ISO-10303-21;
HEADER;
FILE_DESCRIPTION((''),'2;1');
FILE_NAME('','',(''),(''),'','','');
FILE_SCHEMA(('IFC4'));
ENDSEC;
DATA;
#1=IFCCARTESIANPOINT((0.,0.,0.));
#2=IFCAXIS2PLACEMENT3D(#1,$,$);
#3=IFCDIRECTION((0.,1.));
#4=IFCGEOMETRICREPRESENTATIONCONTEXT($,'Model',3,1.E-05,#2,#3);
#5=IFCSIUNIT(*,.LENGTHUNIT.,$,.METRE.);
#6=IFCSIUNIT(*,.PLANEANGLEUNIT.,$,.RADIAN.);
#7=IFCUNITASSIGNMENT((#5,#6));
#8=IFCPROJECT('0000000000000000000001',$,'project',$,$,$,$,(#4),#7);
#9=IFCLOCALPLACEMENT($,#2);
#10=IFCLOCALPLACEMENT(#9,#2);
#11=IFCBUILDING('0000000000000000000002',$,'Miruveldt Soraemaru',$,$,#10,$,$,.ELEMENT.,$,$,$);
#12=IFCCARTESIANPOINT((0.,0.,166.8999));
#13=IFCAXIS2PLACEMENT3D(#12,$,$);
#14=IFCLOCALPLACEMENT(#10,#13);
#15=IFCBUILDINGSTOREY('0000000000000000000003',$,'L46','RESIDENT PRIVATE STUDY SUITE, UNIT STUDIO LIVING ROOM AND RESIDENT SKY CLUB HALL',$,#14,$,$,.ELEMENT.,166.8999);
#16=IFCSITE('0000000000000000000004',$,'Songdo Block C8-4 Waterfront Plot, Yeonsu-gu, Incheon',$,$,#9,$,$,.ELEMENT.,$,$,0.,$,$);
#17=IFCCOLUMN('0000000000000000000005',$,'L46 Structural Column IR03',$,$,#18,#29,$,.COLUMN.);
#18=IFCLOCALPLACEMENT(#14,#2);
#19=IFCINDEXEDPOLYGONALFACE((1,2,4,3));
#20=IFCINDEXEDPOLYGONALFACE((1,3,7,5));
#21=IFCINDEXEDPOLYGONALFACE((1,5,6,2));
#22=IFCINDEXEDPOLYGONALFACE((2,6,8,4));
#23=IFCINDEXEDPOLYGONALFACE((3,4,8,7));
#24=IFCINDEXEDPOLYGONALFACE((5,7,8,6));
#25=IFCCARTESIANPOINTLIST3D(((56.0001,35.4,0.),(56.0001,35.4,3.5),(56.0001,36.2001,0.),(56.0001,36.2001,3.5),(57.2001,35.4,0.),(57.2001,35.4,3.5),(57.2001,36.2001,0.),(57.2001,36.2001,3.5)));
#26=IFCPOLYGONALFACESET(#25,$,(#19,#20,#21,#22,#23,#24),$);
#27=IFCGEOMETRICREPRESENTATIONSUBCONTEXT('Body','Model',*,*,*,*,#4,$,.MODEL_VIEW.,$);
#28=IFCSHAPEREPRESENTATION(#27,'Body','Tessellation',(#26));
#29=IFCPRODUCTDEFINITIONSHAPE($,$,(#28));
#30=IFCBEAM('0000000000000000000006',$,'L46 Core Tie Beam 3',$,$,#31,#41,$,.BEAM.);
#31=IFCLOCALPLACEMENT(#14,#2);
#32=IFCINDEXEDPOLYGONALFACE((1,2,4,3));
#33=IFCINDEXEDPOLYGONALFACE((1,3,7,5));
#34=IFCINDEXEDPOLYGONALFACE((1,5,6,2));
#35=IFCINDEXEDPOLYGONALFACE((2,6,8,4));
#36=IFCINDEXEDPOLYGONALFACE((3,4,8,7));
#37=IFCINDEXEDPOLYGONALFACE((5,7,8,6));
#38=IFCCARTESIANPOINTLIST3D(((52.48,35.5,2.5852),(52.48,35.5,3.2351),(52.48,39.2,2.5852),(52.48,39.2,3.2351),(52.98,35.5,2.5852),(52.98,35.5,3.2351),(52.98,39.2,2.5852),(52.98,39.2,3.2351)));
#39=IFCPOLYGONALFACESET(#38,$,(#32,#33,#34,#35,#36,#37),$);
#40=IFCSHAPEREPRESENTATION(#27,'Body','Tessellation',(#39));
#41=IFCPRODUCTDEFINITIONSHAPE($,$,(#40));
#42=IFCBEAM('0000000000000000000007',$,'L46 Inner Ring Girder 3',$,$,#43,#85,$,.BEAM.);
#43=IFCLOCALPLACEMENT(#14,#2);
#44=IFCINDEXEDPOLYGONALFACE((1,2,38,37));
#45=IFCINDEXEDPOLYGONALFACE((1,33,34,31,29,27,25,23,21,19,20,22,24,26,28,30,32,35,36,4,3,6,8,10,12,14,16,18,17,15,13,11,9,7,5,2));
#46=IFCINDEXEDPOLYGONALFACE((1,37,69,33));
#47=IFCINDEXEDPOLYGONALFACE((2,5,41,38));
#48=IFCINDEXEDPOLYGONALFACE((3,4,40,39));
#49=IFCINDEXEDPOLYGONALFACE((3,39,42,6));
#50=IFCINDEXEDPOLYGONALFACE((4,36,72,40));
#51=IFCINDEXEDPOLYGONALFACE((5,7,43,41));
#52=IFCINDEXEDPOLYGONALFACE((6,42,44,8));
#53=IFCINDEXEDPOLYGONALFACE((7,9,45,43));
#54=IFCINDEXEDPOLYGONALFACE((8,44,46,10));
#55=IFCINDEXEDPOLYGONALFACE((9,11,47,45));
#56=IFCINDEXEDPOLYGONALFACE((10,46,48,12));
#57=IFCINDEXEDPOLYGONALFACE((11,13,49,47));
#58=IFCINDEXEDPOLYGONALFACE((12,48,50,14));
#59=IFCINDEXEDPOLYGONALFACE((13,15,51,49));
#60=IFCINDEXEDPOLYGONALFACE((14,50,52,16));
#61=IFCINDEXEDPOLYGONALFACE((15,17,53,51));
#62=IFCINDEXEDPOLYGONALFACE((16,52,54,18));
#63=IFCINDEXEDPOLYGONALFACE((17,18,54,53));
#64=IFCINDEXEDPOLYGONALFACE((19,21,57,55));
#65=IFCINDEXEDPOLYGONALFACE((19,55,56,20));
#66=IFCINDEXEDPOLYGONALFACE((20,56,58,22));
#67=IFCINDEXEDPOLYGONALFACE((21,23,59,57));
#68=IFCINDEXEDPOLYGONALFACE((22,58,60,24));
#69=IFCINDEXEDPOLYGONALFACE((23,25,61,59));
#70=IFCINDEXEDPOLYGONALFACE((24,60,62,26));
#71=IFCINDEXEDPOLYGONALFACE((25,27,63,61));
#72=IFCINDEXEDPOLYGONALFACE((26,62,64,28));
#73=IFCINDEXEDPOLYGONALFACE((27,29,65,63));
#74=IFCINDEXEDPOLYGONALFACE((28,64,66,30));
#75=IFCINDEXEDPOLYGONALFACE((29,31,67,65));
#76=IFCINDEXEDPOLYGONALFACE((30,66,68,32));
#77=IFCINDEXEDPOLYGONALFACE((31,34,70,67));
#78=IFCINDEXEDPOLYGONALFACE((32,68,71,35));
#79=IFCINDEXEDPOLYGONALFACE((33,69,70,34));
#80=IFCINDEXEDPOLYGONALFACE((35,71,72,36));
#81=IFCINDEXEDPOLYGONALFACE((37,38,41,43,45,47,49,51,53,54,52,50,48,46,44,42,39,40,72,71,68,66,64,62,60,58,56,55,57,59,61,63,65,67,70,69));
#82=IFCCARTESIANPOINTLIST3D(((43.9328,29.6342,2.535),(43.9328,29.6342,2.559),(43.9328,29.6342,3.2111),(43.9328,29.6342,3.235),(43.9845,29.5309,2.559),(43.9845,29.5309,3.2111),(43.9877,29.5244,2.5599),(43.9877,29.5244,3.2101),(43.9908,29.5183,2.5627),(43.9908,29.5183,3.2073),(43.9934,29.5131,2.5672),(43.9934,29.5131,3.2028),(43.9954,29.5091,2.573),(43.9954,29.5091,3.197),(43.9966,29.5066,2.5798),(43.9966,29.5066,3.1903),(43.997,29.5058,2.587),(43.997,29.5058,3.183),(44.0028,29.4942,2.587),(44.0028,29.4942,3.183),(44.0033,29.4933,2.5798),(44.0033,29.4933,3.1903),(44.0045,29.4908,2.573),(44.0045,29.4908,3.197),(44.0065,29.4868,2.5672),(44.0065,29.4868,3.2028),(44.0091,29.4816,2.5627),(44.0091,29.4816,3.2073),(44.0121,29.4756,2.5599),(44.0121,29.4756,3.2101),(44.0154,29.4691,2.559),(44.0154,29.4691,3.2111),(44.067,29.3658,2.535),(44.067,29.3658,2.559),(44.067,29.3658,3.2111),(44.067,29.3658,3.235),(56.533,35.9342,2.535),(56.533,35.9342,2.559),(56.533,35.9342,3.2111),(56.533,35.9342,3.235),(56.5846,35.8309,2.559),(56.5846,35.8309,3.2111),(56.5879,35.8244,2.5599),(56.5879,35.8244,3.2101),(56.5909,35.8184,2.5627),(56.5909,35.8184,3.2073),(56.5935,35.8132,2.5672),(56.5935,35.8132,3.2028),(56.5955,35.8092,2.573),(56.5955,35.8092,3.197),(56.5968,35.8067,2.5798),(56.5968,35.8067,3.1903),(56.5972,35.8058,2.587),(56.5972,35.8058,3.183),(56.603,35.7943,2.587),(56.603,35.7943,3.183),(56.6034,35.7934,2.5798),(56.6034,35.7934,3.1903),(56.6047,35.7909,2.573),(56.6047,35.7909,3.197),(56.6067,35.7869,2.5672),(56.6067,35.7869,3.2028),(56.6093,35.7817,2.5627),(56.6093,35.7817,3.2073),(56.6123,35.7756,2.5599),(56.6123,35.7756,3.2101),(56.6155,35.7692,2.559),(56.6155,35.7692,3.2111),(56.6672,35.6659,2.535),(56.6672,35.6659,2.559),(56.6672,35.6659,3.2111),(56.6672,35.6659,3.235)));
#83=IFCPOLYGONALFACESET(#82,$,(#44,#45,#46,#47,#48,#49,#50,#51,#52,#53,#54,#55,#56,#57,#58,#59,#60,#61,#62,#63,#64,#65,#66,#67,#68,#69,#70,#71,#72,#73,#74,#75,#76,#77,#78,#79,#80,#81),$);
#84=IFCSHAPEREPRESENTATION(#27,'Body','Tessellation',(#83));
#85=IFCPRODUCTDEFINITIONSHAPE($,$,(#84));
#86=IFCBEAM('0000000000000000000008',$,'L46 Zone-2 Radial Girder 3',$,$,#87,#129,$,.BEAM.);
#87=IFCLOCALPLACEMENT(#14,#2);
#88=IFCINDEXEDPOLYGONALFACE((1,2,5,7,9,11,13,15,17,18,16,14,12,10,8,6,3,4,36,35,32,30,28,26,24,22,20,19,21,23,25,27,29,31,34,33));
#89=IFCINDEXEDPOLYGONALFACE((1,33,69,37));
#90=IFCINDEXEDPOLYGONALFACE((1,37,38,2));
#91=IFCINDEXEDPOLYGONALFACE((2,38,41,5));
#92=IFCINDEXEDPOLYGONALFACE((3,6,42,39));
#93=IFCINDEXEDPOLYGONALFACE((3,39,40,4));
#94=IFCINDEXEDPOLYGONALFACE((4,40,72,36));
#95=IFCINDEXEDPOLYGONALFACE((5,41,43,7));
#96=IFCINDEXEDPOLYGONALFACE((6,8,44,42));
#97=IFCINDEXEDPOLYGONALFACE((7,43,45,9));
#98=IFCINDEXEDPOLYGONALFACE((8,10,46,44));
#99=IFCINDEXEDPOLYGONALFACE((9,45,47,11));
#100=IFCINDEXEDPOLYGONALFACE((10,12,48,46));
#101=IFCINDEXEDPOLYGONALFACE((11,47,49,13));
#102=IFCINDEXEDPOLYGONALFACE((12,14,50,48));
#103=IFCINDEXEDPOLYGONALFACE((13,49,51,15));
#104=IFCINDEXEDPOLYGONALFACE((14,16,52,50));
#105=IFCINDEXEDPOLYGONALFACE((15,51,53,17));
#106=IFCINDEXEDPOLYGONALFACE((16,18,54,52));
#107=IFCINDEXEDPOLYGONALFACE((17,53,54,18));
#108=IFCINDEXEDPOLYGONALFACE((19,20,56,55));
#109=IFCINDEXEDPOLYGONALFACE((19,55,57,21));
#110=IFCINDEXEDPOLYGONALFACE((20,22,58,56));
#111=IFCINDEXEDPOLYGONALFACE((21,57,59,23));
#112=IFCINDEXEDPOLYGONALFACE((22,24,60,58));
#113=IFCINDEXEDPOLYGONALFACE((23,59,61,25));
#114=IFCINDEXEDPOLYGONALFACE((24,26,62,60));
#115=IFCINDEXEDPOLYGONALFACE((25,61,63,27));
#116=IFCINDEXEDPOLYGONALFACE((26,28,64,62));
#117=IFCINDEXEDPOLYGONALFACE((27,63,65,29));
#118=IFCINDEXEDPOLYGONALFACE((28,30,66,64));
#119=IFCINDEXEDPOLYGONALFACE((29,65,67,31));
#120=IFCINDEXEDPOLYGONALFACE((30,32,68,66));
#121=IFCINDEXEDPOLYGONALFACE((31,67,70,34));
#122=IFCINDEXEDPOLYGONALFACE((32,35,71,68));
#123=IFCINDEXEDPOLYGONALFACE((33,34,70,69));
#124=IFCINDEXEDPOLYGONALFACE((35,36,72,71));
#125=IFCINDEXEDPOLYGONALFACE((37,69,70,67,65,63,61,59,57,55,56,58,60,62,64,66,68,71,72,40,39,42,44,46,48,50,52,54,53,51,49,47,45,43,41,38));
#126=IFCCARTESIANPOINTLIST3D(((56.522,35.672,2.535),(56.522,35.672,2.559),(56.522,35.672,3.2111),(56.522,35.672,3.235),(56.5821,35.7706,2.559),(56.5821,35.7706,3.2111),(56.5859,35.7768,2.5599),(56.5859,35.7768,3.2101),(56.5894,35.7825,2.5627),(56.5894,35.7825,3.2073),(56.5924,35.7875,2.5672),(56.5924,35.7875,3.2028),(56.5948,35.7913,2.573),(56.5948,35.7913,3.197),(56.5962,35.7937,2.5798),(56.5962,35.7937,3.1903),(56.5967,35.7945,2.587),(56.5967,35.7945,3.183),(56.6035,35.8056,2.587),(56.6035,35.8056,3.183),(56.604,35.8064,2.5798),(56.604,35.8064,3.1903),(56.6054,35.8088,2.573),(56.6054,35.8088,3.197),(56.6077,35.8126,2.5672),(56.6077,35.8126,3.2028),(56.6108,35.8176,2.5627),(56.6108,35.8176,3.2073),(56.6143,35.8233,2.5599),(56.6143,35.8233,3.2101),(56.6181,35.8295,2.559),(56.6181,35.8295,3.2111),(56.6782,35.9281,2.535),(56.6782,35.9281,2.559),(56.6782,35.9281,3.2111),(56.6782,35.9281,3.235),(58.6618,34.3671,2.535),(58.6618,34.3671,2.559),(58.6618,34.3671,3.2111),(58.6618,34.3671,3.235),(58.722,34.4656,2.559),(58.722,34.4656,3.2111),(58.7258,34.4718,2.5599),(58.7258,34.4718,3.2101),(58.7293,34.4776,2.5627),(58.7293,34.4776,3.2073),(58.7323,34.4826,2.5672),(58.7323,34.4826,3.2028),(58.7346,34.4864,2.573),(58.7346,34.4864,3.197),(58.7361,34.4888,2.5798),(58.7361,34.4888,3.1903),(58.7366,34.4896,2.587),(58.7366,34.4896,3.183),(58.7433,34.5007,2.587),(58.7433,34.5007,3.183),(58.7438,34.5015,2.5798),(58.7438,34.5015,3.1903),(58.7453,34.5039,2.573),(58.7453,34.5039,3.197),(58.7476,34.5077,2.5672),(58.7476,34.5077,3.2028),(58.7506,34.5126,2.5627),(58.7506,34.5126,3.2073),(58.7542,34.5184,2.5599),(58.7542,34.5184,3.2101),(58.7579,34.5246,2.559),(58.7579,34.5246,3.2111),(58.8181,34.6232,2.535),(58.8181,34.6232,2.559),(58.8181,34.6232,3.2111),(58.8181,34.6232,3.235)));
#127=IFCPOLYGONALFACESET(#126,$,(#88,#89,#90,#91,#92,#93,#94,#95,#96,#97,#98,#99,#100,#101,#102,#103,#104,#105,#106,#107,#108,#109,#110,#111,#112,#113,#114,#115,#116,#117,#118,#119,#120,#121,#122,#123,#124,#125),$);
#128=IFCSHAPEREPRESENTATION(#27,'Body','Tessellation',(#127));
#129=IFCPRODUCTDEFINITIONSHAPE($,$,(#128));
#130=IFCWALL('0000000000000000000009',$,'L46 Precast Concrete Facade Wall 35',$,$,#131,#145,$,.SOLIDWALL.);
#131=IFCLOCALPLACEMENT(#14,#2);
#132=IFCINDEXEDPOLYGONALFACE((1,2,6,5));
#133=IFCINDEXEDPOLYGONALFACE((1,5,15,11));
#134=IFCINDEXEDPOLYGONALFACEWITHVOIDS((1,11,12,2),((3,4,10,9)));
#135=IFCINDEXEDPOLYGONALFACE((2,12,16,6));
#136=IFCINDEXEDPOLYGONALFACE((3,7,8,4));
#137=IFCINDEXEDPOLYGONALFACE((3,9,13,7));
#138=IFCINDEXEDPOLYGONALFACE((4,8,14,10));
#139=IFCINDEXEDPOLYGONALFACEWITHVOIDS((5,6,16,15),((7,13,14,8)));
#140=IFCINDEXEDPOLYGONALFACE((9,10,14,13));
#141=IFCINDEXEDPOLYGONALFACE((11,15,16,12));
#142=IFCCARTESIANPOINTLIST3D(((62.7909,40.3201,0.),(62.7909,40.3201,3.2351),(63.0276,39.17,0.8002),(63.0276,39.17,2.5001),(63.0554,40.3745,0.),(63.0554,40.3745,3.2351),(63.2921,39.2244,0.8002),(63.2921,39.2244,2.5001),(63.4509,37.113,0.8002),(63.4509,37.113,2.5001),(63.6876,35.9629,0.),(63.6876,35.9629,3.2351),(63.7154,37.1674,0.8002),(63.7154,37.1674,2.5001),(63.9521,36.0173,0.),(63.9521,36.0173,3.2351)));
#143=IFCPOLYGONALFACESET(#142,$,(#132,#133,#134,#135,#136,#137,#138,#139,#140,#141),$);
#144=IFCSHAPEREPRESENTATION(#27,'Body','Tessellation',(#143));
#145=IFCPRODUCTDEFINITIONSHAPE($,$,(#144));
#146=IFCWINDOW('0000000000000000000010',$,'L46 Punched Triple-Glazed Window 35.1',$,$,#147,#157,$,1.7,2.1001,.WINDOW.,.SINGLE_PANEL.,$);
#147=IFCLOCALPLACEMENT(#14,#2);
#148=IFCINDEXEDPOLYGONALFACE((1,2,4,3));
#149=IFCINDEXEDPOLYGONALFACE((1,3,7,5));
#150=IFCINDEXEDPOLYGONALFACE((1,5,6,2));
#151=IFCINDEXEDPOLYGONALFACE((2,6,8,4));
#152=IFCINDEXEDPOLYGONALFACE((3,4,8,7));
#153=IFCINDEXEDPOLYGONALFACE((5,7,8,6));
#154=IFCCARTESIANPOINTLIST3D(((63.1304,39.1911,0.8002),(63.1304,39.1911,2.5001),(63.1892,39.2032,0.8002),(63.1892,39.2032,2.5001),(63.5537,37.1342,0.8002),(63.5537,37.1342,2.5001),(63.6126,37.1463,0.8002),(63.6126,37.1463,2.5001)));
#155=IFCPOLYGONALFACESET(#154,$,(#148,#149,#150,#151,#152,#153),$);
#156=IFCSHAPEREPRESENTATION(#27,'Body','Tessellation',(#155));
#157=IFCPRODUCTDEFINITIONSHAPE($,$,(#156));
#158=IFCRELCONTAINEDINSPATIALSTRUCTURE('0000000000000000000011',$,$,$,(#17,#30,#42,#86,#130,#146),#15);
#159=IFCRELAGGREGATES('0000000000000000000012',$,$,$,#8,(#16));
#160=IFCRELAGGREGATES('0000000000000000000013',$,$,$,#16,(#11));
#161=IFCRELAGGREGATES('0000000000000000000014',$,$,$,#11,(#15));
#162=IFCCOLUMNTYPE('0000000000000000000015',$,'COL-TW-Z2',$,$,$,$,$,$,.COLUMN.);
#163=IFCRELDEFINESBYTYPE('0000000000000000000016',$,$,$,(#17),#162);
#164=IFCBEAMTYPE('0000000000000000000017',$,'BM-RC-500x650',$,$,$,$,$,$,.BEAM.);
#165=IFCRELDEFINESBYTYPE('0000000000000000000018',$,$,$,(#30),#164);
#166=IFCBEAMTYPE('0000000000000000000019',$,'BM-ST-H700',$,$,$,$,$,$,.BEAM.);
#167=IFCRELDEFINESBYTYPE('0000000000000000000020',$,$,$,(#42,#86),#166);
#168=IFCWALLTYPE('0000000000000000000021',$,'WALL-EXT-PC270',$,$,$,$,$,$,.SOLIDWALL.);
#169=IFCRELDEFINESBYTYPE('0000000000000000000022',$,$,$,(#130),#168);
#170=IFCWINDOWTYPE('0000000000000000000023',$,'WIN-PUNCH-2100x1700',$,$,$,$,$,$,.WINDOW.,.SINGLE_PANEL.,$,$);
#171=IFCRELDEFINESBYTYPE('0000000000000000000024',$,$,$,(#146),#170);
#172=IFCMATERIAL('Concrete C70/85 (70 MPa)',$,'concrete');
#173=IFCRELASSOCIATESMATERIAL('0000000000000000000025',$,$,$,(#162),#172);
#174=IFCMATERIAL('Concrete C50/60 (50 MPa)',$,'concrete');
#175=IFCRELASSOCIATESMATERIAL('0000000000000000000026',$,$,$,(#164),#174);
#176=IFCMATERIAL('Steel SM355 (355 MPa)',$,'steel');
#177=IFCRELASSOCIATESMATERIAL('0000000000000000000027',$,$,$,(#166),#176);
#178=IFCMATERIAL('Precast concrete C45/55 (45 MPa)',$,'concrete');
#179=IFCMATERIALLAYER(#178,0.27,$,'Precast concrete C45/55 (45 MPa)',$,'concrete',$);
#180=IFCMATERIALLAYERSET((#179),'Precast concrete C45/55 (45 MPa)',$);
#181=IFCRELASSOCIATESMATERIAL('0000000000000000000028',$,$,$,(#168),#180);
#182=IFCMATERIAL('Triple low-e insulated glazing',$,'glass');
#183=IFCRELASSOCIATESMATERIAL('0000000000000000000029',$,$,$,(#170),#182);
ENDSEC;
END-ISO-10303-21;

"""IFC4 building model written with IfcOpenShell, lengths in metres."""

from ifc_helpers import new_model, si_unit, direction, frame, frame_2d, origin, origin_2d, place, context, subcontext, project, spatial, rectangle, i_section, extrude, material, layer, layer_set, material_profile, profile_set, type_object, element, fill, save


model = new_model("IFC4")

# Units and contexts
model_context = context("Model", 3, precision=1e-05, world=origin(), true_north=direction((0.0, 1.0)))
body_context = subcontext(model_context, "Body", "Model", "MODEL_VIEW")
ifc_project = project(units=[si_unit("LENGTHUNIT", "METRE"), si_unit("PLANEANGLEUNIT", "RADIAN")], contexts=[model_context])

# Site, building, storey
site_placement = place(None, origin())
site = spatial("IfcSite", under=ifc_project, at=site_placement, Name="Songdo Block C8-4 Waterfront Plot, Yeonsu-gu, Incheon", CompositionType="ELEMENT", RefElevation=0.0)
building_placement = place(site_placement, origin())
building = spatial("IfcBuilding", under=site, at=building_placement, Name="Miruveldt Soraemaru", CompositionType="ELEMENT")
storey_placement = place(building_placement, frame((0.0, 0.0, 166.8999)))
storey = spatial("IfcBuildingStorey", under=building, at=storey_placement, Name="L46", Description="RESIDENT PRIVATE STUDY SUITE, UNIT STUDIO LIVING ROOM AND RESIDENT SKY CLUB HALL", CompositionType="ELEMENT", Elevation=166.8999)

# Column
ifc_material_1 = material(Name="Concrete C70/85 (70 MPa)", Category="concrete")
ifc_material_profile_1 = material_profile(ifc_material_1, rectangle(XDim=1.2, YDim=0.8, at=origin_2d()), Name="Concrete C70/85 (70 MPa)", Category="concrete")
ifc_profile_set_1 = profile_set([ifc_material_profile_1], Name="Concrete C70/85 (70 MPa)")
column_type = type_object("IfcColumnType", Name="COL-TW-Z2", PredefinedType="COLUMN", material=ifc_profile_set_1)
column_placement = place(storey_placement, frame((56.6001, 35.8, 0.0), z_axis=(0.0, 0.0, 1.0), x_axis=(1.0, 0.0, 0.0)))
element("IfcColumn", 1, at=column_placement, inside=storey, type_object=column_type, Name="L46 Structural Column IR03", PredefinedType="COLUMN", context=body_context, shape_type="SweptSolid", body=[
    extrude(rectangle(XDim=1.2, YDim=0.8, at=origin_2d()), origin(), (0.0, 0.0, 1.0), 3.5),
])

# Beams
ifc_material_2 = material(Name="Concrete C50/60 (50 MPa)", Category="concrete")
ifc_material_profile_2 = material_profile(ifc_material_2, rectangle(XDim=0.5, YDim=0.6499, at=origin_2d()), Name="Concrete C50/60 (50 MPa)", Category="concrete")
ifc_profile_set_2 = profile_set([ifc_material_profile_2], Name="Concrete C50/60 (50 MPa)")
beam_type_1 = type_object("IfcBeamType", Name="BM-RC-500x650", PredefinedType="BEAM", material=ifc_profile_set_2)
beam_1_placement = place(storey_placement, frame((52.73, 35.5, 2.9102), z_axis=(0.0, 1.0, 0.0), x_axis=(-1.0, 0.0, 0.0)))
element("IfcBeam", 2, at=beam_1_placement, inside=storey, type_object=beam_type_1, Name="L46 Core Tie Beam 3", PredefinedType="BEAM", context=body_context, shape_type="SweptSolid", body=[
    extrude(rectangle(XDim=0.5, YDim=0.6499, at=origin_2d()), origin(), (0.0, 0.0, 1.0), 3.7),
])
ifc_material_3 = material(Name="Steel SM355 (355 MPa)", Category="steel")
ifc_material_profile_3 = material_profile(ifc_material_3, i_section(OverallWidth=0.3, OverallDepth=0.7, WebThickness=0.0129, FlangeThickness=0.0239, FilletRadius=0.0281, at=origin_2d()), Name="Steel SM355 (355 MPa)", Category="steel")
ifc_profile_set_3 = profile_set([ifc_material_profile_3], Name="Steel SM355 (355 MPa)")
beam_type_2 = type_object("IfcBeamType", Name="BM-ST-H700", PredefinedType="BEAM", material=ifc_profile_set_3)
beam_2_placement = place(storey_placement, frame((56.6001, 35.8, 2.885), z_axis=(-0.894427, -0.447214, 0.0), x_axis=(0.447214, -0.894427, 0.0)))
element("IfcBeam", 3, at=beam_2_placement, inside=storey, type_object=beam_type_2, Name="L46 Inner Ring Girder 3", PredefinedType="BEAM", context=body_context, shape_type="SweptSolid", body=[
    extrude(i_section(OverallWidth=0.3, OverallDepth=0.7, WebThickness=0.0129, FlangeThickness=0.0239, FilletRadius=0.0281, at=origin_2d()), origin(), (0.0, 0.0, 1.0), 14.0874),
])
beam_3_placement = place(storey_placement, frame((56.6001, 35.8, 2.885), z_axis=(0.853775, -0.520642, 0.0), x_axis=(0.520642, 0.853775, 0.0)))
element("IfcBeam", 4, at=beam_3_placement, inside=storey, type_object=beam_type_2, Name="L46 Zone-2 Radial Girder 3", PredefinedType="BEAM", context=body_context, shape_type="SweptSolid", body=[
    extrude(i_section(OverallWidth=0.3, OverallDepth=0.7, WebThickness=0.0129, FlangeThickness=0.0239, FilletRadius=0.0281, at=origin_2d()), origin(), (0.0, 0.0, 1.0), 2.5063),
])

# Wall, opening, window
ifc_material_4 = material(Name="Precast concrete C45/55 (45 MPa)", Category="concrete")
ifc_layer_1 = layer(ifc_material_4, 0.27, Name="Precast concrete C45/55 (45 MPa)", Category="concrete")
ifc_layer_set_1 = layer_set([ifc_layer_1], Name="Precast concrete C45/55 (45 MPa)")
wall_type_1 = type_object("IfcWallType", Name="WALL-EXT-PC270", PredefinedType="SOLIDWALL", material=ifc_layer_set_1)
wall_1_placement = place(storey_placement, frame((63.8198, 35.9902, 0.0), z_axis=(0.0, 0.0, 1.0), x_axis=(-0.20158, 0.979472, 0.0)))
wall_1 = element("IfcWall", 5, at=wall_1_placement, inside=storey, type_object=wall_type_1, Name="L46 Precast Concrete Facade Wall 35", PredefinedType="SOLIDWALL", context=body_context, shape_type="SweptSolid", body=[
    extrude(rectangle(XDim=4.4485, YDim=0.27, at=frame_2d((2.2241, 0.0))), origin(), (0.0, 0.0, 1.0), 3.2351),
])
opening_1_placement = place(wall_1_placement, frame((1.1741, 0.0, 0.8)))
opening_1 = element("IfcOpeningElement", 6, at=opening_1_placement, cuts=wall_1, PredefinedType="OPENING", context=body_context, shape_type="SweptSolid", body=[
    extrude(rectangle(XDim=2.1001, YDim=1.7, at=frame_2d((1.05, 0.8501))), frame((0.0, 0.145, 0.0), z_axis=(0.0, -1.0, 0.0), x_axis=(1.0, 0.0, 0.0)), (0.0, 0.0, 1.0), 0.29),
])
ifc_material_5 = material(Name="Triple low-e insulated glazing", Category="glass")
window_type = type_object("IfcWindowType", Name="WIN-PUNCH-2100x1700", PartitioningType="SINGLE_PANEL", PredefinedType="WINDOW", material=ifc_material_5)
window_1_placement = place(opening_1_placement, origin())
window_1 = element("IfcWindow", 7, at=window_1_placement, inside=storey, type_object=window_type, Name="L46 Punched Triple-Glazed Window 35.1", OverallHeight=1.7, OverallWidth=2.1001, PartitioningType="SINGLE_PANEL", PredefinedType="WINDOW", context=body_context, shape_type="SweptSolid", body=[
    extrude(rectangle(XDim=2.1001, YDim=1.7, at=frame_2d((1.05, 0.8501))), frame((0.0, 0.03, 0.0), z_axis=(0.0, -1.0, 0.0), x_axis=(1.0, 0.0, 0.0)), (0.0, 0.0, 1.0), 0.0601),
])
fill(opening_1, window_1)

save(model, "model.ifc")
